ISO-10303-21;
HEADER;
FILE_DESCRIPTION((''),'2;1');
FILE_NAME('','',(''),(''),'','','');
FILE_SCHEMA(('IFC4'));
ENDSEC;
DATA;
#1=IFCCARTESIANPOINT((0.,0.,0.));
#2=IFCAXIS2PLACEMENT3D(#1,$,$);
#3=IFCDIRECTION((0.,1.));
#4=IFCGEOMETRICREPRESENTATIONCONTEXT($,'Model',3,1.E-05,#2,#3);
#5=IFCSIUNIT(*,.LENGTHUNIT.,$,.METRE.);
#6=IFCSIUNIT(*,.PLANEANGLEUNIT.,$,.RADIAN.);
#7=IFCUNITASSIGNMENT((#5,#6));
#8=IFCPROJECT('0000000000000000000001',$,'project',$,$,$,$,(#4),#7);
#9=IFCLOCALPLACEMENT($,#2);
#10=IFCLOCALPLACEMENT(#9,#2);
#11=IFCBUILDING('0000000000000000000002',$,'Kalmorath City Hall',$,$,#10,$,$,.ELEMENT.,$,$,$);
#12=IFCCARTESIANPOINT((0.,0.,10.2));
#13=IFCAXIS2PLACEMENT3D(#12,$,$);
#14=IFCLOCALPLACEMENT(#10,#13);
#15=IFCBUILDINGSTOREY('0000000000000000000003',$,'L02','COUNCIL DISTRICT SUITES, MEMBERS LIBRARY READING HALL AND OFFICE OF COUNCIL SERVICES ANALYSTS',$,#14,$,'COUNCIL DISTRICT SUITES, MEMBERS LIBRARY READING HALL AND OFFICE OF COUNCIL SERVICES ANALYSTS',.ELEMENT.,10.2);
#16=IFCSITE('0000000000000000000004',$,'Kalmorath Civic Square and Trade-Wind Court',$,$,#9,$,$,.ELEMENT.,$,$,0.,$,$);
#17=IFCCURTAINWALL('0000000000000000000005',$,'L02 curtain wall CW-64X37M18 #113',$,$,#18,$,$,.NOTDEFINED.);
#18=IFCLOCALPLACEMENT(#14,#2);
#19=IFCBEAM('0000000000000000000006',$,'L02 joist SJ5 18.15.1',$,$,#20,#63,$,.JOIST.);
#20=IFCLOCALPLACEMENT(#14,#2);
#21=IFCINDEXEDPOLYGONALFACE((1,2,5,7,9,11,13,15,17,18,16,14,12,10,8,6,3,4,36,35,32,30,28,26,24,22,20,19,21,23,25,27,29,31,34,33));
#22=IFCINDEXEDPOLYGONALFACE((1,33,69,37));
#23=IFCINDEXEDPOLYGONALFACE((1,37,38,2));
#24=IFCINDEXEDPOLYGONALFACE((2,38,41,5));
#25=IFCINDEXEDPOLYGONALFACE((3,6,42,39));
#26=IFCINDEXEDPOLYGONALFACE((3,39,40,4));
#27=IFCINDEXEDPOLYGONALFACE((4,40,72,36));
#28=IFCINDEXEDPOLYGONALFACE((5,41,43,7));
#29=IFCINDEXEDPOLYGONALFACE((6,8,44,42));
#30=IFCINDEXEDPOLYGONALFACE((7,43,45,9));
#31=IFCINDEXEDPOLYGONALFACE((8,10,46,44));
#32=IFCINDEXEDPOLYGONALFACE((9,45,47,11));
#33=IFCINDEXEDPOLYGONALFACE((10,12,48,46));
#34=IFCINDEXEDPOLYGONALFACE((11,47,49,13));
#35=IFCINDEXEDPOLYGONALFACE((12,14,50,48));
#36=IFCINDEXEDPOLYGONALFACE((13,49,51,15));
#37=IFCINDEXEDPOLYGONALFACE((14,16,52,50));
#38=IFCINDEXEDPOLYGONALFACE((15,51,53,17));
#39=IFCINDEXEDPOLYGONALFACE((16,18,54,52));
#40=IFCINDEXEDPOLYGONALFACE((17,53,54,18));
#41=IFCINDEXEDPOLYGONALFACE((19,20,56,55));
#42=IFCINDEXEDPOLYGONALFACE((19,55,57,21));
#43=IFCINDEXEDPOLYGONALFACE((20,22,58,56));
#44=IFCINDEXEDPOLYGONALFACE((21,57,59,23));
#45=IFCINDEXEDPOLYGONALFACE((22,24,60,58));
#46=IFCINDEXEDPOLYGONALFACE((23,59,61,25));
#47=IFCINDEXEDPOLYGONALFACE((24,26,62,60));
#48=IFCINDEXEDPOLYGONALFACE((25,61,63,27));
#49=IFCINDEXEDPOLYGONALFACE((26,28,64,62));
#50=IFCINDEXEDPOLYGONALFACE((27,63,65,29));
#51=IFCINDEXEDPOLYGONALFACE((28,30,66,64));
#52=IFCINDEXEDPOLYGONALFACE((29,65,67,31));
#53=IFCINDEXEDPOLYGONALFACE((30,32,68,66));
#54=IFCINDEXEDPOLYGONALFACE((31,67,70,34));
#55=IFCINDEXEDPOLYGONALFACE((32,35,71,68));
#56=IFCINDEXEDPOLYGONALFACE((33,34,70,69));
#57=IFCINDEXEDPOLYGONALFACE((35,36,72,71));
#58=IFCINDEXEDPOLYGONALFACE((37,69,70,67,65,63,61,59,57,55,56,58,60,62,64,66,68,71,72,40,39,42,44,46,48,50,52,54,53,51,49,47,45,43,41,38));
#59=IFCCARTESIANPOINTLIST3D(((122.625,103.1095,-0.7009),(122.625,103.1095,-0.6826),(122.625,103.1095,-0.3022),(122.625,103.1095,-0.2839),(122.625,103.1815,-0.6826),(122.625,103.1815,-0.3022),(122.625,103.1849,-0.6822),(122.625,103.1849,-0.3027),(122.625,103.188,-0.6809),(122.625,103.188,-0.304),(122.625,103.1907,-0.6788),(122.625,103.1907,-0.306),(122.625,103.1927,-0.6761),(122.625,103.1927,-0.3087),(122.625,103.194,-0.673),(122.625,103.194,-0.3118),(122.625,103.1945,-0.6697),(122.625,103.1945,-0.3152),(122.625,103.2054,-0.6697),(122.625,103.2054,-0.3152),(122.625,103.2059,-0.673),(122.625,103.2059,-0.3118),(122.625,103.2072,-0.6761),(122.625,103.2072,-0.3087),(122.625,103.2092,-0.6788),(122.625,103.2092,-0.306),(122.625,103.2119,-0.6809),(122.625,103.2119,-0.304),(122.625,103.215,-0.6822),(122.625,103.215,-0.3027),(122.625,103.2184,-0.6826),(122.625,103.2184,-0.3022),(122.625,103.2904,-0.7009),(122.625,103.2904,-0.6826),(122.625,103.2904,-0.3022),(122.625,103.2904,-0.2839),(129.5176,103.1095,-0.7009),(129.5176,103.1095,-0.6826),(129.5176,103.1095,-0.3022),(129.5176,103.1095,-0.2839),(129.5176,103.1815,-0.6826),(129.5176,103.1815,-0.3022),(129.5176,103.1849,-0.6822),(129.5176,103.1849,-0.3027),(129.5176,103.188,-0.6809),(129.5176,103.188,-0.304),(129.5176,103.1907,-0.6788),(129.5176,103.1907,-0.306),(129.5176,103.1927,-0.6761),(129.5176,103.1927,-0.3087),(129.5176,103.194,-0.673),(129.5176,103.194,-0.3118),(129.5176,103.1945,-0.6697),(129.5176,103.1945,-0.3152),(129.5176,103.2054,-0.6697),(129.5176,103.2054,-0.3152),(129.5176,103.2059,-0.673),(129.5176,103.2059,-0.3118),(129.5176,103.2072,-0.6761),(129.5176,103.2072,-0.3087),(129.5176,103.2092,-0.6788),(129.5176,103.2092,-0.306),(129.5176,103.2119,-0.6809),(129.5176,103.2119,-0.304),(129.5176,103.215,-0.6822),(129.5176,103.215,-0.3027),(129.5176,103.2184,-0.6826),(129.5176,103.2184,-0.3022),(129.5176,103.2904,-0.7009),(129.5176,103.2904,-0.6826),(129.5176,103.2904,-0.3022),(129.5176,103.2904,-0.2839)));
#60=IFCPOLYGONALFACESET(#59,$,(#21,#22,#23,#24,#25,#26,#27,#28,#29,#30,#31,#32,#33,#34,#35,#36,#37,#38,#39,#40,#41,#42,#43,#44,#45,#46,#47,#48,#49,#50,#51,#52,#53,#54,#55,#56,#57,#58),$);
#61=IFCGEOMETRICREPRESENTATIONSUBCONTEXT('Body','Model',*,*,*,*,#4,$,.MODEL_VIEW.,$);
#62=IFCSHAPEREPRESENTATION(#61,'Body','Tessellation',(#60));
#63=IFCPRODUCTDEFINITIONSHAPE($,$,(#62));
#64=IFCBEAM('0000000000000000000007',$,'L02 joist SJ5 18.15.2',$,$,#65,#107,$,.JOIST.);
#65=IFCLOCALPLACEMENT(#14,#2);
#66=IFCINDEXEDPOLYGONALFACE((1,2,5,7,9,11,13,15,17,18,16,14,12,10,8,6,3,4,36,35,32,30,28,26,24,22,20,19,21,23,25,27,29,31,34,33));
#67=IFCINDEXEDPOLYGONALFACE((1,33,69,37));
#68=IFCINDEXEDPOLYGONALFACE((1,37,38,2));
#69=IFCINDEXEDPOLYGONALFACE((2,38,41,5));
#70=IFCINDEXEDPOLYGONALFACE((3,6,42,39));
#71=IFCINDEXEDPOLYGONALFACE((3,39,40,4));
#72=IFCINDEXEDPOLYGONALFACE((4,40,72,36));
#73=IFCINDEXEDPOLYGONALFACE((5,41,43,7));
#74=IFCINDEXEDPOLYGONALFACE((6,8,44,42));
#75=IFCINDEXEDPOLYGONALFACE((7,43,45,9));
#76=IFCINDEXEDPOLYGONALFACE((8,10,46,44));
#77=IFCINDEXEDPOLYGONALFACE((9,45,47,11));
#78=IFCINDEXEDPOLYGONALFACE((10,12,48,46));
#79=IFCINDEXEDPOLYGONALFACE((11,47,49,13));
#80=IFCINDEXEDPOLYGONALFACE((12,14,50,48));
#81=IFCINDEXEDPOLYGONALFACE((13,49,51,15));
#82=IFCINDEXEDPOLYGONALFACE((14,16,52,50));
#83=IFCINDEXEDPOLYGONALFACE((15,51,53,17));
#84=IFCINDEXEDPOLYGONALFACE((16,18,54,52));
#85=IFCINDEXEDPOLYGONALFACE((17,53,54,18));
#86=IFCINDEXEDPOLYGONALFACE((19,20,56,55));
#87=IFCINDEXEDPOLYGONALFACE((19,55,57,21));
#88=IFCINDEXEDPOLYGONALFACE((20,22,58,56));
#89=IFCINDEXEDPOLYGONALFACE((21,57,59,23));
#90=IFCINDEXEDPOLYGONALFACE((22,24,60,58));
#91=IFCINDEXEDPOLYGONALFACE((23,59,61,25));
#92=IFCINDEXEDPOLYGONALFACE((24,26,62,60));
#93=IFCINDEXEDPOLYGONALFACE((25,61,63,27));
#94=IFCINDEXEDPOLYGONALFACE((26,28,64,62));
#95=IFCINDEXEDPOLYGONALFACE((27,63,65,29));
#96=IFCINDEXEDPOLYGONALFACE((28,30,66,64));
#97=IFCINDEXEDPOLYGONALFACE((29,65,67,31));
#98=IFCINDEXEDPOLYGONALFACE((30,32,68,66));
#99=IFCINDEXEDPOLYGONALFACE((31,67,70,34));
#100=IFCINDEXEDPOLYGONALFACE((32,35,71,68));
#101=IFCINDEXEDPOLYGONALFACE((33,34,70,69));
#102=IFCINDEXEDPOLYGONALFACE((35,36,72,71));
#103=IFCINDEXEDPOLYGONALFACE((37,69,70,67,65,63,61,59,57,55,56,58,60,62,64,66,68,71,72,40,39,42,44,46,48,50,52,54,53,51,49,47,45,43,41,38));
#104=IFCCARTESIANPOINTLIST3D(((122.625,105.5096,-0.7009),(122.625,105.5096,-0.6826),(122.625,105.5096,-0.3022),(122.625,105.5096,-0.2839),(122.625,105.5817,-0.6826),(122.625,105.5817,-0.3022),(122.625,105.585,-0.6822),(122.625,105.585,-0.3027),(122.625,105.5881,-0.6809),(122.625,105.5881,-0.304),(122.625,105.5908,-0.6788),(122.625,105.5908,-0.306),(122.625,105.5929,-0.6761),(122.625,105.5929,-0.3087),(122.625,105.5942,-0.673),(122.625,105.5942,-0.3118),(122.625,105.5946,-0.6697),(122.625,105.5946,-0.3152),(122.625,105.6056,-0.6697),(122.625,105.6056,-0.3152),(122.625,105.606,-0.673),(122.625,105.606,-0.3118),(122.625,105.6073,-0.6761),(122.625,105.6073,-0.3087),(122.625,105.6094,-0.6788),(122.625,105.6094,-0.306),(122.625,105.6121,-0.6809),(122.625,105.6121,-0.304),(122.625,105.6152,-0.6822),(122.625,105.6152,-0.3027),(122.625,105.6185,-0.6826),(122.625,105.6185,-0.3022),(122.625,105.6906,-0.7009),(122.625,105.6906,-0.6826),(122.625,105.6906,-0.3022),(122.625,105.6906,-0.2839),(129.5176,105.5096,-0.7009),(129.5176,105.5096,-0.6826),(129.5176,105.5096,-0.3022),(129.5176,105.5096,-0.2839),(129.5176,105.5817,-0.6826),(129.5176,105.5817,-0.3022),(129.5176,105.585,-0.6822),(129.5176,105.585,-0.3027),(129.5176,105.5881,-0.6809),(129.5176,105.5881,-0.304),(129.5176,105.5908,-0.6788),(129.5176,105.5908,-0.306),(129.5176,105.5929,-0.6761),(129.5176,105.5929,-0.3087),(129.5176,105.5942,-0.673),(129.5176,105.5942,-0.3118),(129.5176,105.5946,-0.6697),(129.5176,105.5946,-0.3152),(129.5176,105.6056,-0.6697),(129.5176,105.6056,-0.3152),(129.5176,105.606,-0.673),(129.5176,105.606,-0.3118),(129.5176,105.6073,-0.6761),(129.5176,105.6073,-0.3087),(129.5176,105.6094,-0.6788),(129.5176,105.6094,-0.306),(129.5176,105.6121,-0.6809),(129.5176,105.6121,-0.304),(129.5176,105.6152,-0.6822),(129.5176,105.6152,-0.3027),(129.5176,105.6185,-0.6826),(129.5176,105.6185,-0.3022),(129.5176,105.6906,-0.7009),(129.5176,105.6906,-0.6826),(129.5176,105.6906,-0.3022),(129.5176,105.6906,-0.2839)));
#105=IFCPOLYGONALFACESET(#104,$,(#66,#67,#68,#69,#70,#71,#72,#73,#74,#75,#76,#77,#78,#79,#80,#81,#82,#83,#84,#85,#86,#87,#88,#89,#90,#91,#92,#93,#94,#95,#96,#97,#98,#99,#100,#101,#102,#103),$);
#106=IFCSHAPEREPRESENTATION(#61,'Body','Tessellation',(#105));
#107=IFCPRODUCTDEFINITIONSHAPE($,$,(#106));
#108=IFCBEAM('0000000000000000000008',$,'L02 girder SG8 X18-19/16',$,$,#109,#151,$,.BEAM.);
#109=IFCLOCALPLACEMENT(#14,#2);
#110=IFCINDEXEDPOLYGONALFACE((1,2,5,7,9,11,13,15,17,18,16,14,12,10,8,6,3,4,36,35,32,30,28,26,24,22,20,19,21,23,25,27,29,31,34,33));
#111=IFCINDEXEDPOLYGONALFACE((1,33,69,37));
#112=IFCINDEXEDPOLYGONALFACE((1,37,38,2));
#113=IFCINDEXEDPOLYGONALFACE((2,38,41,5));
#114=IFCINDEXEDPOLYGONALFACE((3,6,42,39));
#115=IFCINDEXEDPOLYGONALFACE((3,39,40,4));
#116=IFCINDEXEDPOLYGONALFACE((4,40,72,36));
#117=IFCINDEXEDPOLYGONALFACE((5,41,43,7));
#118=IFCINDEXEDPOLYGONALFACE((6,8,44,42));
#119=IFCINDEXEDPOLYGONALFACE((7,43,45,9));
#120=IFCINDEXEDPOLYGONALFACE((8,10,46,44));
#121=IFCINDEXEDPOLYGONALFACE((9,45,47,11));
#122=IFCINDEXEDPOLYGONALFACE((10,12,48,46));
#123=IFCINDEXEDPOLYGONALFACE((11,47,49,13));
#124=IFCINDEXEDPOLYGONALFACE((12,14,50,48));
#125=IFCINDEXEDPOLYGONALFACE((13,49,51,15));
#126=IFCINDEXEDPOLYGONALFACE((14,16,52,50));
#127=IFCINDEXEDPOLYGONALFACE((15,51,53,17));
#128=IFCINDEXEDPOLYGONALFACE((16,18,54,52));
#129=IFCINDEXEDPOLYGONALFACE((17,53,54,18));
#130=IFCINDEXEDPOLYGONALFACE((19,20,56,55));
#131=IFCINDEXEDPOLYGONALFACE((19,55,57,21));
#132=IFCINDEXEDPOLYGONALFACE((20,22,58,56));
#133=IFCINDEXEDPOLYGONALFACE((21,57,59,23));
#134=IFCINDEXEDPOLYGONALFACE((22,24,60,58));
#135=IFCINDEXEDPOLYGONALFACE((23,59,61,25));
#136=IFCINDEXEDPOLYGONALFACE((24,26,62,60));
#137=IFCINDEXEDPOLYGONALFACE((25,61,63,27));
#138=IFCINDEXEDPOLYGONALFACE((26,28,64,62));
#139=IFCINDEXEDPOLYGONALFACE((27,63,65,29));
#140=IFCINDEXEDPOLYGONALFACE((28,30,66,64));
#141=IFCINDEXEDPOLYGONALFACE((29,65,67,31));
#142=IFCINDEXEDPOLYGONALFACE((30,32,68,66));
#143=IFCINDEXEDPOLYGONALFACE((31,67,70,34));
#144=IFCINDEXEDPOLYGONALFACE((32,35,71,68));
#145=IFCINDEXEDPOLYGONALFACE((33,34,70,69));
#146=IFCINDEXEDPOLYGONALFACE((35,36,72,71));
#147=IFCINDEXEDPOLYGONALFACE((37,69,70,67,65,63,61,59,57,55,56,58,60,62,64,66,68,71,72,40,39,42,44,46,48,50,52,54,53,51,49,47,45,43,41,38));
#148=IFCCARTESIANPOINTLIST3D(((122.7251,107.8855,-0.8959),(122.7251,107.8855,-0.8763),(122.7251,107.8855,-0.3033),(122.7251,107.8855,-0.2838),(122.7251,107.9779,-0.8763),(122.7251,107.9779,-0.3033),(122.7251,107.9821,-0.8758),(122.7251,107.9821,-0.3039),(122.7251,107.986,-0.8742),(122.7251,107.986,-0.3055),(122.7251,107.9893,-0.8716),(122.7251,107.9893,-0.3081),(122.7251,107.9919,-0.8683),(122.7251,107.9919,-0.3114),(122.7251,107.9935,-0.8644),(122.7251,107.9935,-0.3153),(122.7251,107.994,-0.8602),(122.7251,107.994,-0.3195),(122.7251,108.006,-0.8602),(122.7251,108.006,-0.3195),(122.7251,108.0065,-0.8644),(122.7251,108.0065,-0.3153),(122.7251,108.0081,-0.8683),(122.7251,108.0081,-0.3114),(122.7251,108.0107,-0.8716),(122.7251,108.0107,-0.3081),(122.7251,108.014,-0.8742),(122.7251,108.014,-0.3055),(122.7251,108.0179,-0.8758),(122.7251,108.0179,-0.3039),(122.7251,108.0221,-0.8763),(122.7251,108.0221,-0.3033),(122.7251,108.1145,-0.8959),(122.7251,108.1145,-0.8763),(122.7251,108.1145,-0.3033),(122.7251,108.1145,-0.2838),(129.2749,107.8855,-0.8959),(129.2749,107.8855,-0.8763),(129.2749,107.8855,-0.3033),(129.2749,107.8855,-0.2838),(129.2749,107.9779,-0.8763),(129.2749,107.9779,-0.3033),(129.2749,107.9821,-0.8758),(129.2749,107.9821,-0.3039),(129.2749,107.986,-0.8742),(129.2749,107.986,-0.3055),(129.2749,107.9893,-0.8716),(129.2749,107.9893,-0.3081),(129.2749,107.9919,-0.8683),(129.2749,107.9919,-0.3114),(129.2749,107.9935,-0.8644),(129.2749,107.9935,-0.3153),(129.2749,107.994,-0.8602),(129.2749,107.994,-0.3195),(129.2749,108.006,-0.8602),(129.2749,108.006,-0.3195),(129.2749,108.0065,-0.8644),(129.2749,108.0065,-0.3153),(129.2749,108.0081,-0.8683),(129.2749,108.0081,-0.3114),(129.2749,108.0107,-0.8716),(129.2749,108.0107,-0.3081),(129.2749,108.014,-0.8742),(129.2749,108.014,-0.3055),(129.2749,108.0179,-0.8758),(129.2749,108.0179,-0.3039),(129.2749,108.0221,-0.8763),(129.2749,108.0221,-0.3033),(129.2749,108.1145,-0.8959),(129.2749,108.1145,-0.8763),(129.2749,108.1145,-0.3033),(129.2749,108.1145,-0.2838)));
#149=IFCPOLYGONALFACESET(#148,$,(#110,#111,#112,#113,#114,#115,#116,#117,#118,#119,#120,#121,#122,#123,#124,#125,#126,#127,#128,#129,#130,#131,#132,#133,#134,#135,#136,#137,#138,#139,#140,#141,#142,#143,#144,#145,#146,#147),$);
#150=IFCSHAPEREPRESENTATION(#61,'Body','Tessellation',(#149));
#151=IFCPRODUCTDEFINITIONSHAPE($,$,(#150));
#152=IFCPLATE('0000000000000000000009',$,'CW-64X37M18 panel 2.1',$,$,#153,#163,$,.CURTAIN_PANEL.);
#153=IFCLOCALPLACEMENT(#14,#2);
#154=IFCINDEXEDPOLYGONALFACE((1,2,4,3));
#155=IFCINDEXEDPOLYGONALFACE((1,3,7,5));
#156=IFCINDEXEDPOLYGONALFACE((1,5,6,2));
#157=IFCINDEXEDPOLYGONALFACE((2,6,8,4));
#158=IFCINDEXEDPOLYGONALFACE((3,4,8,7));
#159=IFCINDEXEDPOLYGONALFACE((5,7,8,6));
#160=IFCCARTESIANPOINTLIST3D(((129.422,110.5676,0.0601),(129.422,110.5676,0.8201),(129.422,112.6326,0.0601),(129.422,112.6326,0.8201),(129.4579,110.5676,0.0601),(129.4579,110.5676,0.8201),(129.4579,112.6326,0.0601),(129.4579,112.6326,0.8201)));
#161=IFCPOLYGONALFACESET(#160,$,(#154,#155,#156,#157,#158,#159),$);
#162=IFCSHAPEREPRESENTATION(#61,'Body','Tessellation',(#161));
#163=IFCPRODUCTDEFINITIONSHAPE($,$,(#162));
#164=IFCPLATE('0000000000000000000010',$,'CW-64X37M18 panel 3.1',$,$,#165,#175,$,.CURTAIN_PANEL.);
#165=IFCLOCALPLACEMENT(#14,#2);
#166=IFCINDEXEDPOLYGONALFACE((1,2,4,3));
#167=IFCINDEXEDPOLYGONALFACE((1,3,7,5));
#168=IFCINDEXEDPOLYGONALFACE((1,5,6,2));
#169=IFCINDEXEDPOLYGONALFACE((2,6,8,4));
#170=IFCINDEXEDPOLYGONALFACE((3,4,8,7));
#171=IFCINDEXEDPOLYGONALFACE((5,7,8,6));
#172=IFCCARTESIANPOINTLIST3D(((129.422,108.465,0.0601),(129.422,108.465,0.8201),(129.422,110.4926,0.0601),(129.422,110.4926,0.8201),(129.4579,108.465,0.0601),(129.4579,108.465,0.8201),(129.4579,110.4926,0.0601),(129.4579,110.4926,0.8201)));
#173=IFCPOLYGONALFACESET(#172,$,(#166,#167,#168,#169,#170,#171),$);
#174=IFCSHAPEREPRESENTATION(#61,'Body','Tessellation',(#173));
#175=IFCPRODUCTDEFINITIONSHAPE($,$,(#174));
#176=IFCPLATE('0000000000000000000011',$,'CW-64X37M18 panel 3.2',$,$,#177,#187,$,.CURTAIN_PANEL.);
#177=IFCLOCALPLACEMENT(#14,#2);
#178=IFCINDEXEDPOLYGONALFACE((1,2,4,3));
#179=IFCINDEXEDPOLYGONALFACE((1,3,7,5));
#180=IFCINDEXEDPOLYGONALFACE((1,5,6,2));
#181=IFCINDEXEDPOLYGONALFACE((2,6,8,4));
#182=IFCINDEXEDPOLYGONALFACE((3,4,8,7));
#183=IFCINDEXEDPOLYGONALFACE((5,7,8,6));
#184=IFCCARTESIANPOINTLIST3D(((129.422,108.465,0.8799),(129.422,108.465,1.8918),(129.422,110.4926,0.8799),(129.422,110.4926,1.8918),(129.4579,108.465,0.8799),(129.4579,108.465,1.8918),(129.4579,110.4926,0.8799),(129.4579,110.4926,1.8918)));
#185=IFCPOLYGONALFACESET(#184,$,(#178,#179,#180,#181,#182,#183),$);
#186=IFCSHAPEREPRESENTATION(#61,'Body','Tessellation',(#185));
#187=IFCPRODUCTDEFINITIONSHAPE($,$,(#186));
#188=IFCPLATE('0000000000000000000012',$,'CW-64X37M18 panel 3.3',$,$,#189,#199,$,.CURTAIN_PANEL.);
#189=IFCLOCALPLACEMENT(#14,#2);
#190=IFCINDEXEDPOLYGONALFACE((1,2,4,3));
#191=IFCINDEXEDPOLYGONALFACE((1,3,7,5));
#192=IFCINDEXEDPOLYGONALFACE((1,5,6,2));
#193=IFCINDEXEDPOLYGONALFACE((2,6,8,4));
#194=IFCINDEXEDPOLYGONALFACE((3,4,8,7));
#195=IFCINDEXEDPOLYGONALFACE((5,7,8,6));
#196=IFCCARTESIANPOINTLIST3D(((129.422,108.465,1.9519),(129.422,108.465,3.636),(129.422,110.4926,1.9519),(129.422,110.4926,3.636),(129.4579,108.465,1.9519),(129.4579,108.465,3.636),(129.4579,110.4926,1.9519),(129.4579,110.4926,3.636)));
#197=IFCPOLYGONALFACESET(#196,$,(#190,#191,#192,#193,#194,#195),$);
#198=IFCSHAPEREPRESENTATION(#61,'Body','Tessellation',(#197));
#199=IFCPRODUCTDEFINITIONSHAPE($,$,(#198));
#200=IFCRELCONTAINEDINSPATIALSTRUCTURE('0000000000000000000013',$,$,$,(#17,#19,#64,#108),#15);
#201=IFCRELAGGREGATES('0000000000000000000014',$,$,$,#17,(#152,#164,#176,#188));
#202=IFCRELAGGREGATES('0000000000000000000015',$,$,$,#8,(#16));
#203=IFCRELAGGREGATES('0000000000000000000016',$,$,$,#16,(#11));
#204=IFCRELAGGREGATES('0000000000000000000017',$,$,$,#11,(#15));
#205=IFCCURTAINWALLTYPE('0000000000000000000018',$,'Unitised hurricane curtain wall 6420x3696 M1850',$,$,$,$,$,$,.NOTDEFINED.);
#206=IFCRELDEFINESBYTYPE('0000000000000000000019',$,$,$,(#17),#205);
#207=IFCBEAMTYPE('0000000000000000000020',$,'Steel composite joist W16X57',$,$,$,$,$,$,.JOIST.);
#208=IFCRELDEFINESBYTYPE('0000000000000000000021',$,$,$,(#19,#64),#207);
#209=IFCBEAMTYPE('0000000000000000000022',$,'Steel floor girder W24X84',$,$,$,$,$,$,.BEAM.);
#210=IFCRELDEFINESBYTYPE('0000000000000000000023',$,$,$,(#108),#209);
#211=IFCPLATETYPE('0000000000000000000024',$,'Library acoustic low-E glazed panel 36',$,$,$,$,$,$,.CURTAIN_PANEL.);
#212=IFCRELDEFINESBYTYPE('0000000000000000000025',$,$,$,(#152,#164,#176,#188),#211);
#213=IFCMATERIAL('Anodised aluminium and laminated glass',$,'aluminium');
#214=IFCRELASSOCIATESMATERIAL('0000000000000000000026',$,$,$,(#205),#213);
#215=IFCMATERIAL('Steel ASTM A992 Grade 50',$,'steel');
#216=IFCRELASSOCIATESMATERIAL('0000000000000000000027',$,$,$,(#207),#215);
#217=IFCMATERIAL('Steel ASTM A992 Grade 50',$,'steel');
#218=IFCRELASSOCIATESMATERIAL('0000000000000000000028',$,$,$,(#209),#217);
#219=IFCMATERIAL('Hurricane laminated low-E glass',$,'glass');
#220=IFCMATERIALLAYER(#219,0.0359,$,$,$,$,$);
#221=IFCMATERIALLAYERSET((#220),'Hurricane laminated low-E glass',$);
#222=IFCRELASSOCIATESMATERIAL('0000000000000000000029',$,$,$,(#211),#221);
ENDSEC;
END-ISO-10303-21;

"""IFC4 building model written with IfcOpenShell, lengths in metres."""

from ifc_helpers import new_model, si_unit, direction, frame, origin, origin_2d, place, context, subcontext, project, spatial, rectangle, i_section, extrude, material, layer, layer_set, material_profile, profile_set, type_object, element, aggregate, save


model = new_model("IFC4")

# Units and contexts
model_context = context("Model", 3, precision=1e-05, world=origin(), true_north=direction((0.0, 1.0)))
body_context = subcontext(model_context, "Body", "Model", "MODEL_VIEW")
ifc_project = project(units=[si_unit("LENGTHUNIT", "METRE"), si_unit("PLANEANGLEUNIT", "RADIAN")], contexts=[model_context])

# Site, building, storey
site_placement = place(None, origin())
site = spatial("IfcSite", under=ifc_project, at=site_placement, Name="Kalmorath Civic Square and Trade-Wind Court", CompositionType="ELEMENT", RefElevation=0.0)
building_placement = place(site_placement, origin())
building = spatial("IfcBuilding", under=site, at=building_placement, Name="Kalmorath City Hall", CompositionType="ELEMENT")
storey_placement = place(building_placement, frame((0.0, 0.0, 10.2)))
storey = spatial("IfcBuildingStorey", under=building, at=storey_placement, Name="L02", Description="COUNCIL DISTRICT SUITES, MEMBERS LIBRARY READING HALL AND OFFICE OF COUNCIL SERVICES ANALYSTS", LongName="COUNCIL DISTRICT SUITES, MEMBERS LIBRARY READING HALL AND OFFICE OF COUNCIL SERVICES ANALYSTS", CompositionType="ELEMENT", Elevation=10.2)

# Curtain wall
ifc_material_1 = material(Name="Anodised aluminium and laminated glass", Category="aluminium")
curtain_wall_type = type_object("IfcCurtainWallType", Name="Unitised hurricane curtain wall 6420x3696 M1850", PredefinedType="NOTDEFINED", material=ifc_material_1)
curtain_wall_placement = place(storey_placement, origin())
curtain_wall = element("IfcCurtainWall", 1, at=curtain_wall_placement, inside=storey, type_object=curtain_wall_type, Name="L02 curtain wall CW-64X37M18 #113", PredefinedType="NOTDEFINED")

# Beams
ifc_material_2 = material(Name="Steel ASTM A992 Grade 50", Category="steel")
ifc_material_profile_1 = material_profile(ifc_material_2, i_section(OverallWidth=0.1809, OverallDepth=0.417, WebThickness=0.011, FlangeThickness=0.0183, FilletRadius=0.0129, at=origin_2d()), Name="W16X57")
ifc_profile_set_1 = profile_set([ifc_material_profile_1], Name="Steel ASTM A992 Grade 50")
beam_type_1 = type_object("IfcBeamType", Name="Steel composite joist W16X57", PredefinedType="JOIST", material=ifc_profile_set_1)
for number, where, z_axis, x_axis, name in (
    (2, (122.625, 103.2, -0.4924), (1.0, 0.0, 0.0), (0.0, 1.0, 0.0), "L02 joist SJ5 18.15.1"),
    (3, (122.625, 105.6001, -0.4924), (1.0, 0.0, 0.0), (0.0, 1.0, 0.0), "L02 joist SJ5 18.15.2"),
):
    element("IfcBeam", number, at=place(storey_placement, frame(where, z_axis=z_axis, x_axis=x_axis)), inside=storey, type_object=beam_type_1, Name=name, PredefinedType="JOIST", context=body_context, shape_type="SweptSolid", body=[
        extrude(i_section(OverallWidth=0.1809, OverallDepth=0.417, WebThickness=0.011, FlangeThickness=0.0183, FilletRadius=0.0129, at=origin_2d()), origin(), (0.0, 0.0, 1.0), 6.8926),
    ])
ifc_material_3 = material(Name="Steel ASTM A992 Grade 50", Category="steel")
ifc_material_profile_2 = material_profile(ifc_material_3, i_section(OverallWidth=0.229, OverallDepth=0.6121, WebThickness=0.012, FlangeThickness=0.0195, FilletRadius=0.0161, at=origin_2d()), Name="W24X84")
ifc_profile_set_2 = profile_set([ifc_material_profile_2], Name="Steel ASTM A992 Grade 50")
beam_type_2 = type_object("IfcBeamType", Name="Steel floor girder W24X84", PredefinedType="BEAM", material=ifc_profile_set_2)
beam_1_placement = place(storey_placement, frame((122.7251, 108.0, -0.5898), z_axis=(1.0, 0.0, 0.0), x_axis=(0.0, 1.0, 0.0)))
element("IfcBeam", 4, at=beam_1_placement, inside=storey, type_object=beam_type_2, Name="L02 girder SG8 X18-19/16", PredefinedType="BEAM", context=body_context, shape_type="SweptSolid", body=[
    extrude(i_section(OverallWidth=0.229, OverallDepth=0.6121, WebThickness=0.012, FlangeThickness=0.0195, FilletRadius=0.0161, at=origin_2d()), origin(), (0.0, 0.0, 1.0), 6.5498),
])

# Plates
ifc_material_4 = material(Name="Hurricane laminated low-E glass", Category="glass")
ifc_layer_1 = layer(ifc_material_4, 0.0359)
ifc_layer_set_1 = layer_set([ifc_layer_1], Name="Hurricane laminated low-E glass")
plate_type = type_object("IfcPlateType", Name="Library acoustic low-E glazed panel 36", PredefinedType="CURTAIN_PANEL", material=ifc_layer_set_1)
plate_1_placement = place(storey_placement, frame((129.4399, 111.6001, 0.0601), z_axis=(0.0, 0.0, 1.0), x_axis=(0.0, -1.0, 0.0)))
plate_1 = element("IfcPlate", 5, at=plate_1_placement, type_object=plate_type, Name="CW-64X37M18 panel 2.1", PredefinedType="CURTAIN_PANEL", context=body_context, shape_type="SweptSolid", body=[
    extrude(rectangle(XDim=2.0649, YDim=0.0359, at=origin_2d()), origin(), (0.0, 0.0, 1.0), 0.76),
])
plate_2_placement = place(storey_placement, frame((129.4399, 109.4788, 0.0601), z_axis=(0.0, 0.0, 1.0), x_axis=(0.0, -1.0, 0.0)))
plate_2 = element("IfcPlate", 6, at=plate_2_placement, type_object=plate_type, Name="CW-64X37M18 panel 3.1", PredefinedType="CURTAIN_PANEL", context=body_context, shape_type="SweptSolid", body=[
    extrude(rectangle(XDim=2.0276, YDim=0.0359, at=origin_2d()), origin(), (0.0, 0.0, 1.0), 0.76),
])
plate_3_placement = place(storey_placement, frame((129.4399, 109.4788, 0.8799), z_axis=(0.0, 0.0, 1.0), x_axis=(0.0, -1.0, 0.0)))
plate_3 = element("IfcPlate", 7, at=plate_3_placement, type_object=plate_type, Name="CW-64X37M18 panel 3.2", PredefinedType="CURTAIN_PANEL", context=body_context, shape_type="SweptSolid", body=[
    extrude(rectangle(XDim=2.0276, YDim=0.0359, at=origin_2d()), origin(), (0.0, 0.0, 1.0), 1.012),
])
plate_4_placement = place(storey_placement, frame((129.4399, 109.4788, 1.9519), z_axis=(0.0, 0.0, 1.0), x_axis=(0.0, -1.0, 0.0)))
plate_4 = element("IfcPlate", 8, at=plate_4_placement, type_object=plate_type, Name="CW-64X37M18 panel 3.3", PredefinedType="CURTAIN_PANEL", context=body_context, shape_type="SweptSolid", body=[
    extrude(rectangle(XDim=2.0276, YDim=0.0359, at=origin_2d()), origin(), (0.0, 0.0, 1.0), 1.6841),
])
aggregate(curtain_wall, [plate_1, plate_2, plate_3, plate_4])

save(model, "model.ifc")
